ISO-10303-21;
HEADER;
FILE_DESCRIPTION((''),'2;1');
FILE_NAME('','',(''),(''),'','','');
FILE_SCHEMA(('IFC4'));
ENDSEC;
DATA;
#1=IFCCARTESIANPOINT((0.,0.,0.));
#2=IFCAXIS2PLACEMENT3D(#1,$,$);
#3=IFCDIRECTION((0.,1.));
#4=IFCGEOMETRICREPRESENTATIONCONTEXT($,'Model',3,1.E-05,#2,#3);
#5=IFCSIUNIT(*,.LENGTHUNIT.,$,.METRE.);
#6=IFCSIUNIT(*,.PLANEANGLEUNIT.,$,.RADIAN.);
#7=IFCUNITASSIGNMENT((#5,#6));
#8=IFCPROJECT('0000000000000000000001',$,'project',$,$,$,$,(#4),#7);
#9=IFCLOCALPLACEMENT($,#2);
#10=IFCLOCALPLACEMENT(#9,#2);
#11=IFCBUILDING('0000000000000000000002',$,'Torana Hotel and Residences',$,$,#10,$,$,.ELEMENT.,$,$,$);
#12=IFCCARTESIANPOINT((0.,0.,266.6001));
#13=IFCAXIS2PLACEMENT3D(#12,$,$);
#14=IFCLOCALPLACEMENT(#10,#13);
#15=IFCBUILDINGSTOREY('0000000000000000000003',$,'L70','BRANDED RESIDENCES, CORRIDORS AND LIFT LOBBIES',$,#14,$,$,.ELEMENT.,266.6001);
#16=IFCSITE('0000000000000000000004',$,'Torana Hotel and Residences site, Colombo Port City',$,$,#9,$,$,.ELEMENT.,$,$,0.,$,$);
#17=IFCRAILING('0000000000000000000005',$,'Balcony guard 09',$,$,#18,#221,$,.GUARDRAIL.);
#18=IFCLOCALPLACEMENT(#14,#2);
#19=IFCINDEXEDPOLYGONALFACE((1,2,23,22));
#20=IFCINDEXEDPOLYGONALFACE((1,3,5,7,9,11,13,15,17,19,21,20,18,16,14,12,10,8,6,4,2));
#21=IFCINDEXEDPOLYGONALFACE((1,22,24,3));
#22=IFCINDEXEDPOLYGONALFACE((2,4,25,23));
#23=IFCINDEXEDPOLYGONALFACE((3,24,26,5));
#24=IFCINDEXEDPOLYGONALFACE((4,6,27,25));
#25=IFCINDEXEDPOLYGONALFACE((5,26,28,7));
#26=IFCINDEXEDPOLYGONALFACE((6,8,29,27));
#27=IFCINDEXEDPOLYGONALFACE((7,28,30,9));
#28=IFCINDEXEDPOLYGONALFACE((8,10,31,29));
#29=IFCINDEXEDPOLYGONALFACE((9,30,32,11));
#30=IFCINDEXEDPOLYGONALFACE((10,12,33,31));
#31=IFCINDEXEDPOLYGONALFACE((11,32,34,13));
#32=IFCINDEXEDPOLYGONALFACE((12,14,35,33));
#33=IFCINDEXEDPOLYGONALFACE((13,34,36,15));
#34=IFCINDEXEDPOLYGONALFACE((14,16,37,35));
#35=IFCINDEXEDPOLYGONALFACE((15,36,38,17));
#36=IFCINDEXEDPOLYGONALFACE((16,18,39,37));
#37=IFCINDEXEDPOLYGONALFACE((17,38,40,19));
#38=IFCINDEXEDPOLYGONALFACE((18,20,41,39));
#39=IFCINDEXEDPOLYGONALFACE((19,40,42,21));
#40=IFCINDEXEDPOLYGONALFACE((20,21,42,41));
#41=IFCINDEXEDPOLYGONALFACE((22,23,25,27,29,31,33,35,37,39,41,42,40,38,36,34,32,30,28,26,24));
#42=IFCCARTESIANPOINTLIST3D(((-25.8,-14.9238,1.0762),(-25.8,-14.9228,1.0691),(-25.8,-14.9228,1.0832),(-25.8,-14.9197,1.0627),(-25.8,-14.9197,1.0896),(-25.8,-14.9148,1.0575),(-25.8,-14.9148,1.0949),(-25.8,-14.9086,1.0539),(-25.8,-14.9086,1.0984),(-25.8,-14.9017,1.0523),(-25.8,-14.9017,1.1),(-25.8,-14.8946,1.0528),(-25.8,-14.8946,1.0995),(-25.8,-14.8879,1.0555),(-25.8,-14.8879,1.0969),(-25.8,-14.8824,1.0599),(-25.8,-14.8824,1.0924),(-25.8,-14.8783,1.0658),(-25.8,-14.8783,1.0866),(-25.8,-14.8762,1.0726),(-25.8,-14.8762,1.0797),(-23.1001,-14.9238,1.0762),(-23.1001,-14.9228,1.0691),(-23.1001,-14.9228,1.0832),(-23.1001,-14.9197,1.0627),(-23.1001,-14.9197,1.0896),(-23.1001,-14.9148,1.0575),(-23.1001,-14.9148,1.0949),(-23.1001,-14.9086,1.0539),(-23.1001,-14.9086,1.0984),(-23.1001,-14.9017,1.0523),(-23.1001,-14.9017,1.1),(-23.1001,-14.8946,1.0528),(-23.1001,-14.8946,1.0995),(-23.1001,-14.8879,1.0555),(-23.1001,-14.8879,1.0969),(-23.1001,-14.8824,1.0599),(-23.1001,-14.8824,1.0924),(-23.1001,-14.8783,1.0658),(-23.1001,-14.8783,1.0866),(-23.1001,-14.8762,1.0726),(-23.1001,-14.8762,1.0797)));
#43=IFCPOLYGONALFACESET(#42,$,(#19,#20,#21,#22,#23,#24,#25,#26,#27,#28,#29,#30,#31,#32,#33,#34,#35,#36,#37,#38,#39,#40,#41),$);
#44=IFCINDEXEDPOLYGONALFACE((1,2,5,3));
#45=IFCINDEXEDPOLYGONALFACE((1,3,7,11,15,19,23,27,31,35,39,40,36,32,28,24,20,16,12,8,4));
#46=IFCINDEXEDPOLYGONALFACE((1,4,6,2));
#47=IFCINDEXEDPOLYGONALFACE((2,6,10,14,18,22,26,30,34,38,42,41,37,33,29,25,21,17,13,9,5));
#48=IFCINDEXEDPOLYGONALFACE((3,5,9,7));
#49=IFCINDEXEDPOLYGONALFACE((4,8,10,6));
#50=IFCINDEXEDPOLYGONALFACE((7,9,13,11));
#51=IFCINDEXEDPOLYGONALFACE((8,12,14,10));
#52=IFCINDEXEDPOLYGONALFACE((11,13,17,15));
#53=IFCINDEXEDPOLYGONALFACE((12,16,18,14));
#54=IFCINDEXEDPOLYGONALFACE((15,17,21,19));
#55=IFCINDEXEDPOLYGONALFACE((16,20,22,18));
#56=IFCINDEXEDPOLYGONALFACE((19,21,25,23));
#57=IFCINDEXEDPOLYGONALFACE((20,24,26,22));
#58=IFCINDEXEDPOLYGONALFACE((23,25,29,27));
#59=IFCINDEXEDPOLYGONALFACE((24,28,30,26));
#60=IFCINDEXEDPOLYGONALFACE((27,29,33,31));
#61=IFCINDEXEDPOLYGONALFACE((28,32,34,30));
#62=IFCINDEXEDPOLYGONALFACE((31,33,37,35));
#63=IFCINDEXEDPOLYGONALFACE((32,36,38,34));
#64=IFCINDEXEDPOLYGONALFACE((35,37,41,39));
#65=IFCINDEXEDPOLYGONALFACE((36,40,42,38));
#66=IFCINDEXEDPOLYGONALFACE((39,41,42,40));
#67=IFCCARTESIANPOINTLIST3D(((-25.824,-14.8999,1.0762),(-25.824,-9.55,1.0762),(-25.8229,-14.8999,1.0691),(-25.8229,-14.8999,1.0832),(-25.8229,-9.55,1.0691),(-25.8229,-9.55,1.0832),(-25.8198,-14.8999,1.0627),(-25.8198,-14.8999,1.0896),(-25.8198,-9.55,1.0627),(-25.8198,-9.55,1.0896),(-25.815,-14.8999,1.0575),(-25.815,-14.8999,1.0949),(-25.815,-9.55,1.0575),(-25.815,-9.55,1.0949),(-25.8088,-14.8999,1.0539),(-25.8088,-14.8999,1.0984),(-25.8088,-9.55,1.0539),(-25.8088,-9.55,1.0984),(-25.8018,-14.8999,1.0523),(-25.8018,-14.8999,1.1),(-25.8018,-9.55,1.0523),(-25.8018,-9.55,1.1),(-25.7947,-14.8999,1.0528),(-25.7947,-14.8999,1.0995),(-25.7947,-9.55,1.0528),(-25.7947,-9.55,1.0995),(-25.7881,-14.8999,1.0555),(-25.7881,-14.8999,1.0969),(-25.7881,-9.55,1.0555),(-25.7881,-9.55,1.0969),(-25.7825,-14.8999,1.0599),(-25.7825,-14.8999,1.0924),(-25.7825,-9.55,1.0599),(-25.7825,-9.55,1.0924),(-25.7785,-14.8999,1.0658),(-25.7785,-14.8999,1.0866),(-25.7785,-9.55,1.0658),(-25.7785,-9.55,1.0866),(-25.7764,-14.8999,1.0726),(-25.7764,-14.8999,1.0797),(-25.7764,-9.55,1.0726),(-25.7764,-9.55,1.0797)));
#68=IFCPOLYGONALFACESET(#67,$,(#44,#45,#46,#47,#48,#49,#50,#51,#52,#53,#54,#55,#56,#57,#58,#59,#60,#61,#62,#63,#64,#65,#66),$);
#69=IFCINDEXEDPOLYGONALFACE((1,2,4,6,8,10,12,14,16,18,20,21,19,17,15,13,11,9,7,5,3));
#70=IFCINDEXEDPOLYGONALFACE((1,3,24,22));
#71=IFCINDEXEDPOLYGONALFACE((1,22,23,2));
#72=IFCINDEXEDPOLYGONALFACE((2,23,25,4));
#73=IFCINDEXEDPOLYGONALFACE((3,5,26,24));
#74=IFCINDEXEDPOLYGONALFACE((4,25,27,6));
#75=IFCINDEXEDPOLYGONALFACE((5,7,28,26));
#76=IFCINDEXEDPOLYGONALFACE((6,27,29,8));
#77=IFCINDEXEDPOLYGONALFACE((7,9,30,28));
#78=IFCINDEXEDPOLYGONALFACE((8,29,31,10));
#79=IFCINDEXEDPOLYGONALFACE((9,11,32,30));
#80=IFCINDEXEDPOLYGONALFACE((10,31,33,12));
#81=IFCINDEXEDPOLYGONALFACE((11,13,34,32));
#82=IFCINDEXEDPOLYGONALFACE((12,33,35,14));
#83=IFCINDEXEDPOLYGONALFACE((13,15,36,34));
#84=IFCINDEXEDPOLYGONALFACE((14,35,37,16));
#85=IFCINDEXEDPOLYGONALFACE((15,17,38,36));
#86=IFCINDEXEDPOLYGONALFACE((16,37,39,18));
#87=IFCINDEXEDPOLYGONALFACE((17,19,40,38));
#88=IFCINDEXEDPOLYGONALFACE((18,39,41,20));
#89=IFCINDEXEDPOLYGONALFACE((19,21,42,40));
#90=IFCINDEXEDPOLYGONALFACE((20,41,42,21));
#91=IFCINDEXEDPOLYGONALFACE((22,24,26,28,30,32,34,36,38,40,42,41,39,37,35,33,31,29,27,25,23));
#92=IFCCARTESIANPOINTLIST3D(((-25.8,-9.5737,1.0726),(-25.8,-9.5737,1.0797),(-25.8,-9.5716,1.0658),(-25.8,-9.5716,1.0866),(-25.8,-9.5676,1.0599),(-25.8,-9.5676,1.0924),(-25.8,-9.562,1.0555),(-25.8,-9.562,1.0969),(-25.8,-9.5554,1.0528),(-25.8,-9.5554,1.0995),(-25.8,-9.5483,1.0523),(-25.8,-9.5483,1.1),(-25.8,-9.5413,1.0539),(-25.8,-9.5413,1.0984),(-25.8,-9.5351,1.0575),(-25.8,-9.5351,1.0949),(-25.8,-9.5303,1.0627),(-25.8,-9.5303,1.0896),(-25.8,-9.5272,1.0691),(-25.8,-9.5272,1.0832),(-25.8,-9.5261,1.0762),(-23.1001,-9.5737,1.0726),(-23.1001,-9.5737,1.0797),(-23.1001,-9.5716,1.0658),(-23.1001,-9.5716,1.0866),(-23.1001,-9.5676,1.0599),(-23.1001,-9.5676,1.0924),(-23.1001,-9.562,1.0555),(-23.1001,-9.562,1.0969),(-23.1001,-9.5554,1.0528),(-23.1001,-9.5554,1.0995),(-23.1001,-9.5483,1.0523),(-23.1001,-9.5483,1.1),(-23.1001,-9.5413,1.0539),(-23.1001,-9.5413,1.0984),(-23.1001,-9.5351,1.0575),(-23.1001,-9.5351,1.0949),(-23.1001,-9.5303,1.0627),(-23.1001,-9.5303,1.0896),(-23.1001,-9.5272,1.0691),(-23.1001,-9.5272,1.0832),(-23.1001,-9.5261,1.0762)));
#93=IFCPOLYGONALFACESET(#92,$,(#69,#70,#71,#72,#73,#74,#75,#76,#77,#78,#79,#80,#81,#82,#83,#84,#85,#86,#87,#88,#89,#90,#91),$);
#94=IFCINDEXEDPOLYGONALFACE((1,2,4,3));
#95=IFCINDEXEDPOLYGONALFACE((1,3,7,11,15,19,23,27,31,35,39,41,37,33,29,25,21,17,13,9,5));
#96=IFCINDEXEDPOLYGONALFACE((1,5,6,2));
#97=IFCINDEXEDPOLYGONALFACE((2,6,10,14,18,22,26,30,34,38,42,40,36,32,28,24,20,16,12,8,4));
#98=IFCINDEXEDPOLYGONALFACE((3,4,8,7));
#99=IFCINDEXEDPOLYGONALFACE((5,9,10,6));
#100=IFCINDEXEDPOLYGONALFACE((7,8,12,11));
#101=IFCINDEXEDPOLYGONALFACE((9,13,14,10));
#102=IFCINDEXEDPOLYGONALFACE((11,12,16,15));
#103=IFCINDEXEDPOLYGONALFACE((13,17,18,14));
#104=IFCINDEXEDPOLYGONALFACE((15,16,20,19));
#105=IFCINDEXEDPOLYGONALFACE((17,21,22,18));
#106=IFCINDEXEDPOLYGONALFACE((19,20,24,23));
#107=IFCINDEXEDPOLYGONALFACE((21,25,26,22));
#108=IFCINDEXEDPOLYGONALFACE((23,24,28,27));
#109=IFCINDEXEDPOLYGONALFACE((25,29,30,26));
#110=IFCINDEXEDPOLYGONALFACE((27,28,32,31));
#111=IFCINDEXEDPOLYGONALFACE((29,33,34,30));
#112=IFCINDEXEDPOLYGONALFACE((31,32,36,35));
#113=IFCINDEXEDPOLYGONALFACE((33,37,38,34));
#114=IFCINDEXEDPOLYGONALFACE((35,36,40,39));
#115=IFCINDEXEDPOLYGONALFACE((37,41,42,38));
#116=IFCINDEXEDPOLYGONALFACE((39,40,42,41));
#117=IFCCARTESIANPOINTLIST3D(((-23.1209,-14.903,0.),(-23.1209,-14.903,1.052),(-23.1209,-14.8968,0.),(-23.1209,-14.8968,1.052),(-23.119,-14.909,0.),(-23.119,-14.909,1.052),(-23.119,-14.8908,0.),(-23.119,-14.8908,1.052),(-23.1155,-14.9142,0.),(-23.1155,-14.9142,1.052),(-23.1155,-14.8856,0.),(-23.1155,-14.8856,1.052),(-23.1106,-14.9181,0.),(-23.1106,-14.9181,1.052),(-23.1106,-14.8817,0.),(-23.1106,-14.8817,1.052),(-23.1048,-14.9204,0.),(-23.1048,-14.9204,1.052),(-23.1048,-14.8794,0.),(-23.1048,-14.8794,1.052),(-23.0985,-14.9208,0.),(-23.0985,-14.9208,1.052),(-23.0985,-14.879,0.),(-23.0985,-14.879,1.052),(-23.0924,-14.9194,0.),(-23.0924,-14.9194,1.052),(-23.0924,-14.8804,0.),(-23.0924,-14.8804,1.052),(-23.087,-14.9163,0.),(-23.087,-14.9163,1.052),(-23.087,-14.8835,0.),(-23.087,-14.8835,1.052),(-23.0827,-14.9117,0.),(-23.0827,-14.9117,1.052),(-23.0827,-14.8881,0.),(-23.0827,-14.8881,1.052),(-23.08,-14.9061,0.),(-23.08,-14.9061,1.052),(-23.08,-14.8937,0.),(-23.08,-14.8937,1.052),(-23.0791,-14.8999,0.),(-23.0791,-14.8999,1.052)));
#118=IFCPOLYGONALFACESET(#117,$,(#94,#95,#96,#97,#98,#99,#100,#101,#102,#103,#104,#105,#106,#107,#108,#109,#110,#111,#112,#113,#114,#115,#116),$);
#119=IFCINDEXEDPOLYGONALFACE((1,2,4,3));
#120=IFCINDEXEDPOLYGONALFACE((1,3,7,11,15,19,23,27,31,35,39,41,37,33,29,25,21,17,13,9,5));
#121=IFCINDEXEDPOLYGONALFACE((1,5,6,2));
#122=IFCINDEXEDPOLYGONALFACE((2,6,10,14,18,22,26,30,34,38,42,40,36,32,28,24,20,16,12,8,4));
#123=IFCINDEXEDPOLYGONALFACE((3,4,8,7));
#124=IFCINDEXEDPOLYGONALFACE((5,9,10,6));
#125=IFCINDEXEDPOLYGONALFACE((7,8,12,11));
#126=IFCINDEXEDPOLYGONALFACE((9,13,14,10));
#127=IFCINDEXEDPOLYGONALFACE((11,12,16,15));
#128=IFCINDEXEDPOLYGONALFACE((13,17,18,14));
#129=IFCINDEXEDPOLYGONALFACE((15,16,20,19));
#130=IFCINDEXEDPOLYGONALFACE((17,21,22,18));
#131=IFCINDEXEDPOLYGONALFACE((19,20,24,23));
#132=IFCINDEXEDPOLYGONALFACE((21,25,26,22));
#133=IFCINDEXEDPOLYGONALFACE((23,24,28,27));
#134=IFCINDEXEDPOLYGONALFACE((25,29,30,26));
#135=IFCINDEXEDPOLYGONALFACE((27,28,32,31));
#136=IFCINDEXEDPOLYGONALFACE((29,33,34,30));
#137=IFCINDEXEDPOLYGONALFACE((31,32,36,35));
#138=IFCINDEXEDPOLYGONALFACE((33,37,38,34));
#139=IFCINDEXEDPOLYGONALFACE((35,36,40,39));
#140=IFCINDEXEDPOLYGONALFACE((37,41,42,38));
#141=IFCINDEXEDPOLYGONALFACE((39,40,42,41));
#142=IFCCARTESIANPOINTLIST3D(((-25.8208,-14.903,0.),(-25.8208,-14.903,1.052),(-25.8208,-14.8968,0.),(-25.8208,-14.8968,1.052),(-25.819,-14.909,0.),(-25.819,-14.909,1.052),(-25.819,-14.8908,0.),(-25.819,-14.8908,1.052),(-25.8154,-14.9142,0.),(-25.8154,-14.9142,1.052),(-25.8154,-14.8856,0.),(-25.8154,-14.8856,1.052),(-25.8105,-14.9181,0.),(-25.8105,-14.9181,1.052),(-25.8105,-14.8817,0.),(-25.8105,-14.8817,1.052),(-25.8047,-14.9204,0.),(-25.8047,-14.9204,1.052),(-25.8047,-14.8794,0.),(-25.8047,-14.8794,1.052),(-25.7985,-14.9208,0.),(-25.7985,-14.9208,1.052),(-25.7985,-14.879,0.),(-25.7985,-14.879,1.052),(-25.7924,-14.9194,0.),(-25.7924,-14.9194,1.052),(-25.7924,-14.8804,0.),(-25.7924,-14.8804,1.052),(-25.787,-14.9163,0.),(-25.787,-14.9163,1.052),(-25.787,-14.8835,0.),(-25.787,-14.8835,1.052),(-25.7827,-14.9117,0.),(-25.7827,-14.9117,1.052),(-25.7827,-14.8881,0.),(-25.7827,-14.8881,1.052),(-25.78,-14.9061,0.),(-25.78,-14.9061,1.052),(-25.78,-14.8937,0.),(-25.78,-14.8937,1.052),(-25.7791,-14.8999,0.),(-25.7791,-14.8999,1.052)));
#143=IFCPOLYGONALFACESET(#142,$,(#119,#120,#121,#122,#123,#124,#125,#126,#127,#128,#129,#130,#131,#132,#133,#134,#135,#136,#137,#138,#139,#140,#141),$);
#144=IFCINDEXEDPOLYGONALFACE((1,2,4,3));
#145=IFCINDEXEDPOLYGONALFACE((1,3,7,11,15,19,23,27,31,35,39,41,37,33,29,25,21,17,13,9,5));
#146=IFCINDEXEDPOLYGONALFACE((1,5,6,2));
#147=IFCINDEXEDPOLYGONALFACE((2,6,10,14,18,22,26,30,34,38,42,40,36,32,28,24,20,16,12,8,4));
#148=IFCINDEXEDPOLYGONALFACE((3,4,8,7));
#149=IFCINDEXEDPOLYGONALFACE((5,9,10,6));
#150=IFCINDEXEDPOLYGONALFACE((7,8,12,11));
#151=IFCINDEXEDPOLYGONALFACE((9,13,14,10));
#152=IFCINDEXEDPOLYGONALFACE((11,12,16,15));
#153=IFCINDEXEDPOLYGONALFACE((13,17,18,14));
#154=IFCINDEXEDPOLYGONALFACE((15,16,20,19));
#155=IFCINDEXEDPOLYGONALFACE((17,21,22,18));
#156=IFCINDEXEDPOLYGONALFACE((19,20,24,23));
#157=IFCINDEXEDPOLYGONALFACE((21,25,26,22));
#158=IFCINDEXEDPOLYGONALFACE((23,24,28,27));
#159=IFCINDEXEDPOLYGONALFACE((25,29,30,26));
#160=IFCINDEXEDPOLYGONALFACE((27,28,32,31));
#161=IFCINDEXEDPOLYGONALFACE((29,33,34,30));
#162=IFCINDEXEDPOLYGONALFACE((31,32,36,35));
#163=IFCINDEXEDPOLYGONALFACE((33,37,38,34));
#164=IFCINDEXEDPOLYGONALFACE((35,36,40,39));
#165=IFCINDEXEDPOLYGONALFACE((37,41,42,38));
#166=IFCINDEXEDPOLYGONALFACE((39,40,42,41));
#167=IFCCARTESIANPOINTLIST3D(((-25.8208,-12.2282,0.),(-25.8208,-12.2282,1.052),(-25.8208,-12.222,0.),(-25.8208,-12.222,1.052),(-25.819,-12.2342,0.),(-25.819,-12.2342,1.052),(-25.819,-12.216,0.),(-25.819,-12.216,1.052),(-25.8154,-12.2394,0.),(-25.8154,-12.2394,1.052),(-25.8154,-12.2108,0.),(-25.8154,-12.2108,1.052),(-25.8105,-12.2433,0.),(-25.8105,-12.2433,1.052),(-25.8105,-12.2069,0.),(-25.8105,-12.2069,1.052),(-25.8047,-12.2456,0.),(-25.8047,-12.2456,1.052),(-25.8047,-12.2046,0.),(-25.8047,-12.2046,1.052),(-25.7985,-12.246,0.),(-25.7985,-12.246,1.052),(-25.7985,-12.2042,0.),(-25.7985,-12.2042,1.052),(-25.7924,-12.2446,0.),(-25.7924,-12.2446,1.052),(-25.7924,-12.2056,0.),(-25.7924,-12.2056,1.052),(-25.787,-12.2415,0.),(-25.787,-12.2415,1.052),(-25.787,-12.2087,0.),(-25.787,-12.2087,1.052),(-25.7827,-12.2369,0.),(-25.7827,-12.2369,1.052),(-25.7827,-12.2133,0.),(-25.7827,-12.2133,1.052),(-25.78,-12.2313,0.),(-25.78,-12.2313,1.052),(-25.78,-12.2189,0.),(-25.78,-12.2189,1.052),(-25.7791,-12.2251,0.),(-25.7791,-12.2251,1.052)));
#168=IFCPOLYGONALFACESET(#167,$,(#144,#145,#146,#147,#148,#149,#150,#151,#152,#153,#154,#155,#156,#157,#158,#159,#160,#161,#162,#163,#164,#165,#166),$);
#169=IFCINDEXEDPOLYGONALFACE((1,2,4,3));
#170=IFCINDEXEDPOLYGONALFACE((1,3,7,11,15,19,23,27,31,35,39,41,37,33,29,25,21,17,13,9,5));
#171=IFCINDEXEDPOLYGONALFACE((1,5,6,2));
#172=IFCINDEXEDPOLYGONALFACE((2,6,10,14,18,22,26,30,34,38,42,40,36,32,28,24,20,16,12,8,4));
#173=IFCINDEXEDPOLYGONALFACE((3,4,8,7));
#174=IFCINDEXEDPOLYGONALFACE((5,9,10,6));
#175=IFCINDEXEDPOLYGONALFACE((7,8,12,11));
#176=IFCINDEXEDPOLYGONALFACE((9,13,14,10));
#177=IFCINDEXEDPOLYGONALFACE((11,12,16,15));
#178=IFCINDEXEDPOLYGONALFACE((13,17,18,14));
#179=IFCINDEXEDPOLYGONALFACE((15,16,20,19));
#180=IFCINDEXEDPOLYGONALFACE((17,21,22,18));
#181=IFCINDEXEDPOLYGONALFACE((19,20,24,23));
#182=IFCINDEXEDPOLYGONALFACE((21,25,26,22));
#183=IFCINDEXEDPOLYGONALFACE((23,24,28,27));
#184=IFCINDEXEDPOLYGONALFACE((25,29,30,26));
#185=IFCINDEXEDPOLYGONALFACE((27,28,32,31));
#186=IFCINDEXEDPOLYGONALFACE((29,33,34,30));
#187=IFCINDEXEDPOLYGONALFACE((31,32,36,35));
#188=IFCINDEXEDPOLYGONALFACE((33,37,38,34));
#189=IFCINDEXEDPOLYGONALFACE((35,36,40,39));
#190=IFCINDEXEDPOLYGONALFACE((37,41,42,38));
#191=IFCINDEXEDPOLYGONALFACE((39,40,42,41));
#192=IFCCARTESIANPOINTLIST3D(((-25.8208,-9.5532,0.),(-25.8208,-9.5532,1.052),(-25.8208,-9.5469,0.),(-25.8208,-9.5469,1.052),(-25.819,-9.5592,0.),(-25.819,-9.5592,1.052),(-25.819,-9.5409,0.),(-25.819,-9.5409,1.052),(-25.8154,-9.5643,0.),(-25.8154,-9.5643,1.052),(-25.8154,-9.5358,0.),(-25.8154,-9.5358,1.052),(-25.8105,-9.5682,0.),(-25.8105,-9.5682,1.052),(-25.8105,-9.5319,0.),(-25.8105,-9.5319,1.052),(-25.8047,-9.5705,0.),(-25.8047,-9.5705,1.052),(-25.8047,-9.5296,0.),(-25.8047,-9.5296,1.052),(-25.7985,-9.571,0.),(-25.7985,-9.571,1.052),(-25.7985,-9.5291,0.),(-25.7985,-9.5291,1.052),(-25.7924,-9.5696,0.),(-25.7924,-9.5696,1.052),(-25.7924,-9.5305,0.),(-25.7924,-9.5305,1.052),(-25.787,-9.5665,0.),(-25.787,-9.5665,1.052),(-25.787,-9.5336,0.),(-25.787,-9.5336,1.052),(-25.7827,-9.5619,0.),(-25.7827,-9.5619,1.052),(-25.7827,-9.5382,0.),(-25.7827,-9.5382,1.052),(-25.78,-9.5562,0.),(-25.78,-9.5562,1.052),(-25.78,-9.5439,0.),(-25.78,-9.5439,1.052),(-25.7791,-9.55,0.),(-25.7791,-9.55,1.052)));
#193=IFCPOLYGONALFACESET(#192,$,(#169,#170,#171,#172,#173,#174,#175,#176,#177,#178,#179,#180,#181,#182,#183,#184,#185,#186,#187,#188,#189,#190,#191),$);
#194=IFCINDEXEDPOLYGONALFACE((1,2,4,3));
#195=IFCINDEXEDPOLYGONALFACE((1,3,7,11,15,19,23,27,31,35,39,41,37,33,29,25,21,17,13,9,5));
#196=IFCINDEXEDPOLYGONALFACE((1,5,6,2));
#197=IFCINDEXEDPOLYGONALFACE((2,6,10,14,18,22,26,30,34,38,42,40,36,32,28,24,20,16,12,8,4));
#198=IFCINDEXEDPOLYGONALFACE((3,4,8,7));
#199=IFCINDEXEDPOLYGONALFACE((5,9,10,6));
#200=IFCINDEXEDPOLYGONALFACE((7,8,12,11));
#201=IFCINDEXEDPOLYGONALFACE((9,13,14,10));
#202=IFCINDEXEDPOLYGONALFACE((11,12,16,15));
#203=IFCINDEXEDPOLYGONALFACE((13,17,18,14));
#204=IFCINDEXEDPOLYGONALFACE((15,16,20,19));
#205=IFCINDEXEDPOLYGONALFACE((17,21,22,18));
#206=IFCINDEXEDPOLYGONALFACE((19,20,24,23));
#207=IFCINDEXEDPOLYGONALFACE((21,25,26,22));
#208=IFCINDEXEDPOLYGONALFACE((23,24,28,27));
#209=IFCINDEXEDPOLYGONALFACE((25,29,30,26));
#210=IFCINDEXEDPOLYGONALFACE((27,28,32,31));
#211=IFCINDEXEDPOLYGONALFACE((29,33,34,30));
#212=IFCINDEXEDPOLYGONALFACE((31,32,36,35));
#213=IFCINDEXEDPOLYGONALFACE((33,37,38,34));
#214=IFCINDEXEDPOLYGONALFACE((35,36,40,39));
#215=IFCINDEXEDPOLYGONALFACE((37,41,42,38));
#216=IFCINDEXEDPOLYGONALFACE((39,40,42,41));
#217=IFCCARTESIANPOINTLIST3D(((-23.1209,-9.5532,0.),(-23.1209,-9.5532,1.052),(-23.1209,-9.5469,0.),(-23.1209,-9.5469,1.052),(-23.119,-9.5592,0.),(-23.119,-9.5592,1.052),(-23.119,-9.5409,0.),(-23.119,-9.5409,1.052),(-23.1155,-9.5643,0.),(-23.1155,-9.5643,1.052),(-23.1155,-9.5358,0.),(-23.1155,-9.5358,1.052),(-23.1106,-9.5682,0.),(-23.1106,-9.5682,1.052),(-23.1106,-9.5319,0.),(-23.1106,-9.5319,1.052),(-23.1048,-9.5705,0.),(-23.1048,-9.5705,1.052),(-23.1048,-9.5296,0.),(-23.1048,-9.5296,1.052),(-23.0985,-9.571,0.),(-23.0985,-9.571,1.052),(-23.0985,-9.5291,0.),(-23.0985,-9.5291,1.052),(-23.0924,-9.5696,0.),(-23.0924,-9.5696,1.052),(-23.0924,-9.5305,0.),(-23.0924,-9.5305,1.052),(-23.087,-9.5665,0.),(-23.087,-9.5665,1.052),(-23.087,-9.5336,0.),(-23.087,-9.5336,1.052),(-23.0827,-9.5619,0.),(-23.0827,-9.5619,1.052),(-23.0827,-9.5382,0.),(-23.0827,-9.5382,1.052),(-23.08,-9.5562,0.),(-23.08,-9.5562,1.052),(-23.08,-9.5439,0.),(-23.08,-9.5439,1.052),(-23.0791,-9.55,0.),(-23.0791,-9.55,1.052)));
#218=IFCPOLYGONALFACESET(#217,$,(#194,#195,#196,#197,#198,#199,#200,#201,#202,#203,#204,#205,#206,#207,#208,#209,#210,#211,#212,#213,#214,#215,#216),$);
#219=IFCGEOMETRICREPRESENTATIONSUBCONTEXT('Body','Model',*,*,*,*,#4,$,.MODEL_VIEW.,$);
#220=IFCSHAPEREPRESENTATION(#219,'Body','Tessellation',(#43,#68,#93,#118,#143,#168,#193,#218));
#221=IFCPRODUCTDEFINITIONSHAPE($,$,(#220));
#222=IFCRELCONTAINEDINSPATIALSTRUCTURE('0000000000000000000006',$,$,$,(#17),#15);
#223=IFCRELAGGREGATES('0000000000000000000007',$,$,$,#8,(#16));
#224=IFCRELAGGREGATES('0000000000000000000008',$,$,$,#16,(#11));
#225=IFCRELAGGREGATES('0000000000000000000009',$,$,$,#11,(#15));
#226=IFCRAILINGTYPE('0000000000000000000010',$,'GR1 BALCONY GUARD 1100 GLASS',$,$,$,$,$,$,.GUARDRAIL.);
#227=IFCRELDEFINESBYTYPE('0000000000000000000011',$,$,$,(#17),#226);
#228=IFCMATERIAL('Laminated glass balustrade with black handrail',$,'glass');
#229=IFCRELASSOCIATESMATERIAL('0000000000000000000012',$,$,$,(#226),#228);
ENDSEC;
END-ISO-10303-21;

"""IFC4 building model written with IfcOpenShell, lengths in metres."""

from ifc_helpers import new_model, si_unit, direction, frame, origin, origin_2d, place, context, subcontext, project, spatial, circle, extrude, material, type_object, element, save


model = new_model("IFC4")

# Units and contexts
model_context = context("Model", 3, precision=1e-05, world=origin(), true_north=direction((0.0, 1.0)))
body_context = subcontext(model_context, "Body", "Model", "MODEL_VIEW")
ifc_project = project(units=[si_unit("LENGTHUNIT", "METRE"), si_unit("PLANEANGLEUNIT", "RADIAN")], contexts=[model_context])

# Site, building, storey
site_placement = place(None, origin())
site = spatial("IfcSite", under=ifc_project, at=site_placement, Name="Torana Hotel and Residences site, Colombo Port City", CompositionType="ELEMENT", RefElevation=0.0)
building_placement = place(site_placement, origin())
building = spatial("IfcBuilding", under=site, at=building_placement, Name="Torana Hotel and Residences", CompositionType="ELEMENT")
storey_placement = place(building_placement, frame((0.0, 0.0, 266.6001)))
storey = spatial("IfcBuildingStorey", under=building, at=storey_placement, Name="L70", Description="BRANDED RESIDENCES, CORRIDORS AND LIFT LOBBIES", CompositionType="ELEMENT", Elevation=266.6001)

# Railing
ifc_material_1 = material(Name="Laminated glass balustrade with black handrail", Category="glass")
railing_type_1 = type_object("IfcRailingType", Name="GR1 BALCONY GUARD 1100 GLASS", PredefinedType="GUARDRAIL", material=ifc_material_1)
railing_1_placement = place(storey_placement, frame((-23.1001, -14.8999, 0.0)))
element("IfcRailing", 1, at=railing_1_placement, inside=storey, type_object=railing_type_1, Name="Balcony guard 09", PredefinedType="GUARDRAIL", context=body_context, shape_type="SweptSolid", body=[
    extrude(circle(Radius=0.0239, at=origin_2d()), frame((0.0, 0.0, 1.0762), z_axis=(-1.0, 0.0, 0.0), x_axis=(0.0, -1.0, 0.0)), (0.0, 0.0, 1.0), 2.7),
    extrude(circle(Radius=0.0239, at=origin_2d()), frame((-2.7, 0.0, 1.0762), z_axis=(0.0, 1.0, 0.0), x_axis=(-1.0, 0.0, 0.0)), (0.0, 0.0, 1.0), 5.3499),
    extrude(circle(Radius=0.0239, at=origin_2d()), frame((-2.7, 5.3499, 1.0762), z_axis=(1.0, 0.0, 0.0), x_axis=(0.0, 1.0, 0.0)), (0.0, 0.0, 1.0), 2.7),
    extrude(circle(Radius=0.021, at=origin_2d()), origin(), (0.0, 0.0, 1.0), 1.052),
    extrude(circle(Radius=0.021, at=origin_2d()), frame((-2.7, 0.0, 0.0)), (0.0, 0.0, 1.0), 1.052),
    extrude(circle(Radius=0.021, at=origin_2d()), frame((-2.7, 2.6748, 0.0)), (0.0, 0.0, 1.0), 1.052),
    extrude(circle(Radius=0.021, at=origin_2d()), frame((-2.7, 5.3499, 0.0)), (0.0, 0.0, 1.0), 1.052),
    extrude(circle(Radius=0.021, at=origin_2d()), frame((0.0, 5.3499, 0.0)), (0.0, 0.0, 1.0), 1.052),
])

save(model, "model.ifc")
